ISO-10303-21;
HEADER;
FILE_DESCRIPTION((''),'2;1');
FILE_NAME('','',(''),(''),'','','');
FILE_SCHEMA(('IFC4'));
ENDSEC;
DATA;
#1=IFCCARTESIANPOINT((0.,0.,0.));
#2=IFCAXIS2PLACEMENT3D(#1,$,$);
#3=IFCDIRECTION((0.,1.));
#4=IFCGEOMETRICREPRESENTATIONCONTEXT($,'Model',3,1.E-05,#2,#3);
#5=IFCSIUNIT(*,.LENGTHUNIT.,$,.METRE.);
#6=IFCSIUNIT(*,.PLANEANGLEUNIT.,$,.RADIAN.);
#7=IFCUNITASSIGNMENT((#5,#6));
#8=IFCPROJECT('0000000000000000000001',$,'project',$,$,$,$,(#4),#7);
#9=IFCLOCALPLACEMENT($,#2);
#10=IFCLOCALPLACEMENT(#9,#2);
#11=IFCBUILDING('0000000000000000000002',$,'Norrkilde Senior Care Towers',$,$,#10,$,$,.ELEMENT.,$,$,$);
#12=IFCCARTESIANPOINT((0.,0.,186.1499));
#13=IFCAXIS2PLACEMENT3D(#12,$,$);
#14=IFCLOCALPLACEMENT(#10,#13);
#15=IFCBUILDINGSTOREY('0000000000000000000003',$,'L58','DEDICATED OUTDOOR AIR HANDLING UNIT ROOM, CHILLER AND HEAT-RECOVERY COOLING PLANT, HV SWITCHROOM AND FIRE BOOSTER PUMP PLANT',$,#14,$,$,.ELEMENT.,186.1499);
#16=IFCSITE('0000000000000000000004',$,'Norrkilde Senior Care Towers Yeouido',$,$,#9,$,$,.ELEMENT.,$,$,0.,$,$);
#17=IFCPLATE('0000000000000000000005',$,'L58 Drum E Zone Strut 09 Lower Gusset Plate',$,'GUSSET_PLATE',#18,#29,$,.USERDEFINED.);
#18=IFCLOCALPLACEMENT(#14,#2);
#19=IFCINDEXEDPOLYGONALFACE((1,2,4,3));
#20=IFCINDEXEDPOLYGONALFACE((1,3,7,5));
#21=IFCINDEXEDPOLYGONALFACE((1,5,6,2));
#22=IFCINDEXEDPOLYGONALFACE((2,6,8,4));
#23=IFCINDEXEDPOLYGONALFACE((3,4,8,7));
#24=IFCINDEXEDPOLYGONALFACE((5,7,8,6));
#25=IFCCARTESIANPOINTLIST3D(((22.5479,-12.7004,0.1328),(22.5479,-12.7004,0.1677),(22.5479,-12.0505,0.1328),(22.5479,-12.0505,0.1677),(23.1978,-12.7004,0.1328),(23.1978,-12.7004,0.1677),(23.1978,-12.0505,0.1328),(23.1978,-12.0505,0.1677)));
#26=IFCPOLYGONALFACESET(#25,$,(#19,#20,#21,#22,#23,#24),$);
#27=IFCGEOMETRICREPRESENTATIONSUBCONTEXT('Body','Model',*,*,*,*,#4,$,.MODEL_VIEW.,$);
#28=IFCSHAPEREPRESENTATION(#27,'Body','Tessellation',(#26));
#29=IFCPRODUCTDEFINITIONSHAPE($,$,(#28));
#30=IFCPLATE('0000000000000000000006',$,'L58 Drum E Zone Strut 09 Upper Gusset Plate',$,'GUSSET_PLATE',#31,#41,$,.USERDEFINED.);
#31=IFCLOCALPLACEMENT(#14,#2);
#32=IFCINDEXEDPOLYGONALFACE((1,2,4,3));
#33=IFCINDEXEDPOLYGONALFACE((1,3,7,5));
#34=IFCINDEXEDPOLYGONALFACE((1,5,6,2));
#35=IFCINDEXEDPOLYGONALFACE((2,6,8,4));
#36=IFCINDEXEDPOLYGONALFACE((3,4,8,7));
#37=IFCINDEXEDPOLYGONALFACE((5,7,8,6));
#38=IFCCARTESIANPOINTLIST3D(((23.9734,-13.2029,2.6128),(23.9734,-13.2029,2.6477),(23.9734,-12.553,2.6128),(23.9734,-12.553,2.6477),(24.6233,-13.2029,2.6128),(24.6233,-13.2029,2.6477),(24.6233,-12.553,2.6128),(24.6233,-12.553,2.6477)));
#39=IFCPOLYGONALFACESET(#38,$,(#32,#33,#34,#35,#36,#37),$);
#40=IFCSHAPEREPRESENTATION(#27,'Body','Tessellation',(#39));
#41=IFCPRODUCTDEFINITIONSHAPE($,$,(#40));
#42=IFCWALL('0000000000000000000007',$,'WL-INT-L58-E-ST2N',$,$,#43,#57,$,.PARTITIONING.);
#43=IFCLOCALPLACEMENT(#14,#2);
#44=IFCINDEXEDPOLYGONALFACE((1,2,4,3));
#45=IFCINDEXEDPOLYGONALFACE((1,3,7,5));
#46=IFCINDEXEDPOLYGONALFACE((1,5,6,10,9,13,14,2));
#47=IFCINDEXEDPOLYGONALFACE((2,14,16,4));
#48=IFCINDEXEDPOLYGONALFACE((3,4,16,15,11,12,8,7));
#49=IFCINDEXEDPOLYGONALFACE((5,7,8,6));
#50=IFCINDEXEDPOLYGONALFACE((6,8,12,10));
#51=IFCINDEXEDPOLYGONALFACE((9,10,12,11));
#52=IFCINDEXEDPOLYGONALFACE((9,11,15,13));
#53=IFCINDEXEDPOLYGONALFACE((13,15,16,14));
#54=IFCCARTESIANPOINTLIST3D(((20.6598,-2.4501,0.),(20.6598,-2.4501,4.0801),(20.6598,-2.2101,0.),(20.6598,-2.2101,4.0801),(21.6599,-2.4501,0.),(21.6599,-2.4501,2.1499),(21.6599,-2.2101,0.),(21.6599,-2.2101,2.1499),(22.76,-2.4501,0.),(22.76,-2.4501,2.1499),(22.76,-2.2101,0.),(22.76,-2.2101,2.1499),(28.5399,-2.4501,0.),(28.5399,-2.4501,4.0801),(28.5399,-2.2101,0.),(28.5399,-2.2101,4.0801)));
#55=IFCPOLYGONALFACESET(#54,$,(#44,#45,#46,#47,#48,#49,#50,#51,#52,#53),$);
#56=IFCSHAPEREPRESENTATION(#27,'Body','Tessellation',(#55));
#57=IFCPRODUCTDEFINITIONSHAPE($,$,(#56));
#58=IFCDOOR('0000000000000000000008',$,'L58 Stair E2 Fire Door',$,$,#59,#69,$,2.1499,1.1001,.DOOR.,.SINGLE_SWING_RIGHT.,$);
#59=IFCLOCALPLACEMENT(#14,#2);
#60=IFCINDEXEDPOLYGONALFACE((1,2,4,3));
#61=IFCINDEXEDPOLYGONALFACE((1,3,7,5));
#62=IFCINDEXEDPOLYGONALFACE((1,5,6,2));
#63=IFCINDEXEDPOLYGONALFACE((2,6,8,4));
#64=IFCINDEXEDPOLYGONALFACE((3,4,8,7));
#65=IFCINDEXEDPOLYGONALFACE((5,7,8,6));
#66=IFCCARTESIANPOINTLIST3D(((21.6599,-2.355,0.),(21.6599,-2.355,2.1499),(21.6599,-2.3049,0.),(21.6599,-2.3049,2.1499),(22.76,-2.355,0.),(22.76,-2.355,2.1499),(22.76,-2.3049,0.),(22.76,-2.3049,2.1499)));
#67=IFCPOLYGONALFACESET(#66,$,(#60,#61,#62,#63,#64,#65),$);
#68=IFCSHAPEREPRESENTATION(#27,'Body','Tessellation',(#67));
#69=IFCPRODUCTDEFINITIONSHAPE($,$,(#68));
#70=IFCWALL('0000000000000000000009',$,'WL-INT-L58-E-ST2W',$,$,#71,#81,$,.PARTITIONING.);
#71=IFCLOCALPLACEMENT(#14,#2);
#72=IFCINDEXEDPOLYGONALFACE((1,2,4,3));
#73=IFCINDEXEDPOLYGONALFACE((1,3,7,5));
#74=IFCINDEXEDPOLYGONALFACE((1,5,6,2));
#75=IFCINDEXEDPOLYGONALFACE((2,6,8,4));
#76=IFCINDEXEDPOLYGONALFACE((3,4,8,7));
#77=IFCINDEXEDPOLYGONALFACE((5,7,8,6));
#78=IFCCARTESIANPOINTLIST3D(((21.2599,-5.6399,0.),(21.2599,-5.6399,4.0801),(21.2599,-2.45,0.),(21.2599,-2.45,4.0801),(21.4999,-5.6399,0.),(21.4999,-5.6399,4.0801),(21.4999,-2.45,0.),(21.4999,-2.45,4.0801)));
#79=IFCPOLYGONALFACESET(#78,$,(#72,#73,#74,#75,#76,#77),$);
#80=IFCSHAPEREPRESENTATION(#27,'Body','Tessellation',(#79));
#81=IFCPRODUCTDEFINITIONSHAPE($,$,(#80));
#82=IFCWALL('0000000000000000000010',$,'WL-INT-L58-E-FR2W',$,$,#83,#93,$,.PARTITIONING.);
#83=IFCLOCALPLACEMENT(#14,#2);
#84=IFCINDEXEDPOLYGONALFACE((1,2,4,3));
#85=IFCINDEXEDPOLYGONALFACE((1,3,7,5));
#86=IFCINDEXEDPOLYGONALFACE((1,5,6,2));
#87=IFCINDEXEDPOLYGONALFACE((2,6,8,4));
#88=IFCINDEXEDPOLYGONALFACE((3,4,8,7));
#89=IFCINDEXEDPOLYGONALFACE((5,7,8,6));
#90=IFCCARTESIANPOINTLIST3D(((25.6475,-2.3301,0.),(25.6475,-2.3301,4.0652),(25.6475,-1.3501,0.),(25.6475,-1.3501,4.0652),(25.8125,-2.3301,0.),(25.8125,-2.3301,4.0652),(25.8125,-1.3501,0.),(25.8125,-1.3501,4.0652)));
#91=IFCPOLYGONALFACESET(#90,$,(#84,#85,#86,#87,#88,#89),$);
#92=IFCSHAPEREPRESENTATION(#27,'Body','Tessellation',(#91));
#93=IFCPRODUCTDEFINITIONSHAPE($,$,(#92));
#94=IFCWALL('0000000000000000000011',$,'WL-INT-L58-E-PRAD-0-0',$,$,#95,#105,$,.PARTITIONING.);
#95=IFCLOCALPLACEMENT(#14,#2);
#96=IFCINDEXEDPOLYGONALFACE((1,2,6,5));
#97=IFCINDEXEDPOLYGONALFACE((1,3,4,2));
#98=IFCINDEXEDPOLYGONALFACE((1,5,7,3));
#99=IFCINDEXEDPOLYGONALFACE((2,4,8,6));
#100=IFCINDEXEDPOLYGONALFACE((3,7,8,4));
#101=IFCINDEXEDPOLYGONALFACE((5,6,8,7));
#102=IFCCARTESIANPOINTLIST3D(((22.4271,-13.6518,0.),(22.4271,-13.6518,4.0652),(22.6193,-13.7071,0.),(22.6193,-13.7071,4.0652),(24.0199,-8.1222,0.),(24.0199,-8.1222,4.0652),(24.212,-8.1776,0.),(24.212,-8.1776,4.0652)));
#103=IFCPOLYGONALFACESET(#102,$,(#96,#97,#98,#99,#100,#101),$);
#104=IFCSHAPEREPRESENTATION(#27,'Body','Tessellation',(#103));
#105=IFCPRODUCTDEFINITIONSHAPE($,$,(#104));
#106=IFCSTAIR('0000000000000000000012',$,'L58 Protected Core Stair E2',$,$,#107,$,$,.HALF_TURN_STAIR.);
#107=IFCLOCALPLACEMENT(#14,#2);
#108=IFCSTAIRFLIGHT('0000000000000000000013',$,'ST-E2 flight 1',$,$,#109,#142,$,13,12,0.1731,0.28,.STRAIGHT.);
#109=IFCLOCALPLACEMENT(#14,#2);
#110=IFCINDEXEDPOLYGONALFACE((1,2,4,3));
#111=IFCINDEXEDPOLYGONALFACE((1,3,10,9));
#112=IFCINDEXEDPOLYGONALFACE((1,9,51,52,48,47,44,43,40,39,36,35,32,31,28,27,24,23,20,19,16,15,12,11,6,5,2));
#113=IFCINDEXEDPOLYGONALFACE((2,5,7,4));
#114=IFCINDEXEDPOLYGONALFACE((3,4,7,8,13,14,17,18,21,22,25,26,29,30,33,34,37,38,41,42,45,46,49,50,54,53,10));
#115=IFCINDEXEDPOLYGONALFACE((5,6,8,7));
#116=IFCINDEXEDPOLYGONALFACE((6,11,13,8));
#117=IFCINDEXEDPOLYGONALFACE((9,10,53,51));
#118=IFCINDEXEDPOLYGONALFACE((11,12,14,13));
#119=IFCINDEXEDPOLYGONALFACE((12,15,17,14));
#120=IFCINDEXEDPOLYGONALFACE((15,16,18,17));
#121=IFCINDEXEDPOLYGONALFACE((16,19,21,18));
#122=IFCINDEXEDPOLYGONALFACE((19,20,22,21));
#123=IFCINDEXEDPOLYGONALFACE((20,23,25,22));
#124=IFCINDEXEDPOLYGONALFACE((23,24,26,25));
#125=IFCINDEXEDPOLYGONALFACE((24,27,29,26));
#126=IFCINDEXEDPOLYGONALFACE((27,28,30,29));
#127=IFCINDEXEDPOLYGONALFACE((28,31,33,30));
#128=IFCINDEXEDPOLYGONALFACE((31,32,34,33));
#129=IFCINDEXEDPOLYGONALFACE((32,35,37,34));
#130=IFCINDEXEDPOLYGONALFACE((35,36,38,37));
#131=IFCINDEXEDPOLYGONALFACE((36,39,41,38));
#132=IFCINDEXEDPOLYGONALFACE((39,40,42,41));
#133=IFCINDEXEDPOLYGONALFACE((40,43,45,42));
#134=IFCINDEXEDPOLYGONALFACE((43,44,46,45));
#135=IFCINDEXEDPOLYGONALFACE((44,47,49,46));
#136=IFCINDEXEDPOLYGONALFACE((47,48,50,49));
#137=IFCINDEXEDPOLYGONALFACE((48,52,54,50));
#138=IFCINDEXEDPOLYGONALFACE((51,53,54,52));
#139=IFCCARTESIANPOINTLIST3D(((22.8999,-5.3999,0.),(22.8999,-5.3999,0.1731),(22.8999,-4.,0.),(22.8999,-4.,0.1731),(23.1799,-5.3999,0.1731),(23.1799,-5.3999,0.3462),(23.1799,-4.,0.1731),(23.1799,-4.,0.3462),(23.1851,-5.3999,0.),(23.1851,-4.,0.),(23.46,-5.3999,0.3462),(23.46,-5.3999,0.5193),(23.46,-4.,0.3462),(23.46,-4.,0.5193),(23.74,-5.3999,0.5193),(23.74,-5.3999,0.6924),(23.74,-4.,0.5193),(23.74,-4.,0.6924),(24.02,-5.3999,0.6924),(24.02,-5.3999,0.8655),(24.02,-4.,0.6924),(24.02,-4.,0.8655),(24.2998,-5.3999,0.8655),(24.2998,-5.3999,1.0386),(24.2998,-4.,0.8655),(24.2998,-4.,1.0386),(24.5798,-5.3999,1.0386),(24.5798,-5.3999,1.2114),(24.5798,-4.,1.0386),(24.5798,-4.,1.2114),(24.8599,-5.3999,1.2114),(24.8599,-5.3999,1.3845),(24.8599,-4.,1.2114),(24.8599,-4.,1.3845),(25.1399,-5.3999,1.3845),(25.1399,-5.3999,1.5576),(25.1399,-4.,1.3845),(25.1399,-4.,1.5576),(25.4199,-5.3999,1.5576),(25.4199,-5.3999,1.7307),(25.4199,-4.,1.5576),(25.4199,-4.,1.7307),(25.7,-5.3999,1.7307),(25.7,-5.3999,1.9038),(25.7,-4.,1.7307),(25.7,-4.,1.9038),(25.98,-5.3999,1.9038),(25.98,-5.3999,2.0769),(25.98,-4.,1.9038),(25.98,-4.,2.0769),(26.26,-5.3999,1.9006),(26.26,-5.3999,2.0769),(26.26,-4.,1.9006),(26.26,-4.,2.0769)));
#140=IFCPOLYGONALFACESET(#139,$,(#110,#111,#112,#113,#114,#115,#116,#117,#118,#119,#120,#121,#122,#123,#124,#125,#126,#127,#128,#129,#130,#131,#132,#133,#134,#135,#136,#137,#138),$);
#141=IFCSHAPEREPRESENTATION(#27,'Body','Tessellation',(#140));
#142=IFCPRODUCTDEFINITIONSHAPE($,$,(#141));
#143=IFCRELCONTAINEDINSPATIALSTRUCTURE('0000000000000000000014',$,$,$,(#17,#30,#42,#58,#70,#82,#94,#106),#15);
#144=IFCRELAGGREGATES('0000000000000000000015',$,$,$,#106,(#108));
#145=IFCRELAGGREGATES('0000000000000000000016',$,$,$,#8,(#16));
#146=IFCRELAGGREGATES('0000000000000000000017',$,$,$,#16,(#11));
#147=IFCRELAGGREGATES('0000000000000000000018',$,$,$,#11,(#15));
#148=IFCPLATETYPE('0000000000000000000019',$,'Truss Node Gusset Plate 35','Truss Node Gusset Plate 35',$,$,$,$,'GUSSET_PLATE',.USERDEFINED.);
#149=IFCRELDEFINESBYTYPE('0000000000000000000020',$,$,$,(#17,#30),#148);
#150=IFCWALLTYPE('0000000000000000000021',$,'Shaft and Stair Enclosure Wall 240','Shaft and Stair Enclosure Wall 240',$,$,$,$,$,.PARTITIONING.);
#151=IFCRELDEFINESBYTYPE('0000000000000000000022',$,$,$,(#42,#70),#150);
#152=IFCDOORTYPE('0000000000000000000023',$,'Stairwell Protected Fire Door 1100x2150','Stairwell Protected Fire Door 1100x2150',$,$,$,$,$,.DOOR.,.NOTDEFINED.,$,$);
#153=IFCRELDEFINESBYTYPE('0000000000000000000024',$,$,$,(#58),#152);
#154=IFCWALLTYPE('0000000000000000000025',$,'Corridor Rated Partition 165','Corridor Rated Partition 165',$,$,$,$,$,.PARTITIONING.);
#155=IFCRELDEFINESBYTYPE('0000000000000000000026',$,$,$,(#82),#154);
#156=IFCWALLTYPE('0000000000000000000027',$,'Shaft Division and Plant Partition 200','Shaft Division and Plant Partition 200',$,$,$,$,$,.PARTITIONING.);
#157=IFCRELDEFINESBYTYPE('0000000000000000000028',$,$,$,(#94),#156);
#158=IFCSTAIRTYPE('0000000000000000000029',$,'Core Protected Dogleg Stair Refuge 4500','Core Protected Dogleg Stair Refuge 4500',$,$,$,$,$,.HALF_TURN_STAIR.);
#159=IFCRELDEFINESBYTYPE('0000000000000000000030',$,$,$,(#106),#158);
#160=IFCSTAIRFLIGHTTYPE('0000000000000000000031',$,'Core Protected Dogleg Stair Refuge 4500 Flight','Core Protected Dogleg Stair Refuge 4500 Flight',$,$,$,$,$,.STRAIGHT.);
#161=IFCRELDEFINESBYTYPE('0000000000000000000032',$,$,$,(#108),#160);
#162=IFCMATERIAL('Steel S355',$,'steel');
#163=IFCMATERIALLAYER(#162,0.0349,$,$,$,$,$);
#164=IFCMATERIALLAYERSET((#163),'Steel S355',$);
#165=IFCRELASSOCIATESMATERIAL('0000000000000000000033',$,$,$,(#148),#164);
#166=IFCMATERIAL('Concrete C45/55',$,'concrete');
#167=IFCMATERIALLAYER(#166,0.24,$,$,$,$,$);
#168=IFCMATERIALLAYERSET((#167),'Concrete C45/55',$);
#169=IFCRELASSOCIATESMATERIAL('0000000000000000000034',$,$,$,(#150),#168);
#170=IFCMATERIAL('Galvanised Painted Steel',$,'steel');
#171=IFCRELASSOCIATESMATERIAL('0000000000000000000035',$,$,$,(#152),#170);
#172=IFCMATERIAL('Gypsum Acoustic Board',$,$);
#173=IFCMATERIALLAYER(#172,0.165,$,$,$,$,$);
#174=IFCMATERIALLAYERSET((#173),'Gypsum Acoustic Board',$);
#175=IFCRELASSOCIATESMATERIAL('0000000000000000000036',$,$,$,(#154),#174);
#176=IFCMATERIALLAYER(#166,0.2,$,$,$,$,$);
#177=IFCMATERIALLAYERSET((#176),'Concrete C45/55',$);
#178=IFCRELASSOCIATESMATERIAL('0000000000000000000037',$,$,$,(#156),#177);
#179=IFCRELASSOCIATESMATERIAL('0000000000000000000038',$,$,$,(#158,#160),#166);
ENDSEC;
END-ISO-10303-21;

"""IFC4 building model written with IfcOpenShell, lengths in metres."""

from ifc_helpers import new_model, si_unit, direction, frame, frame_2d, origin, origin_2d, place, context, subcontext, project, spatial, polyline, rectangle, outline, extrude, source, transform, mapped, material, layer, layer_set, type_object, type_shapes, element, fill, aggregate, save


model = new_model("IFC4")

# Units and contexts
model_context = context("Model", 3, precision=1e-05, world=origin(), true_north=direction((0.0, 1.0)))
body_context = subcontext(model_context, "Body", "Model", "MODEL_VIEW")
ifc_project = project(units=[si_unit("LENGTHUNIT", "METRE"), si_unit("PLANEANGLEUNIT", "RADIAN")], contexts=[model_context])

# Site, building, storey
site_placement = place(None, origin())
site = spatial("IfcSite", under=ifc_project, at=site_placement, Name="Norrkilde Senior Care Towers Yeouido", CompositionType="ELEMENT", RefElevation=0.0)
building_placement = place(site_placement, origin())
building = spatial("IfcBuilding", under=site, at=building_placement, Name="Norrkilde Senior Care Towers", CompositionType="ELEMENT")
storey_placement = place(building_placement, frame((0.0, 0.0, 186.1499)))
storey = spatial("IfcBuildingStorey", under=building, at=storey_placement, Name="L58", Description="DEDICATED OUTDOOR AIR HANDLING UNIT ROOM, CHILLER AND HEAT-RECOVERY COOLING PLANT, HV SWITCHROOM AND FIRE BOOSTER PUMP PLANT", CompositionType="ELEMENT", Elevation=186.1499)

# Shared definitions
ifc_material_1 = material(Name="Steel S355", Category="steel")

# Plates
ifc_layer_1 = layer(ifc_material_1, 0.0349)
ifc_layer_set_1 = layer_set([ifc_layer_1], Name="Steel S355")
plate_type = type_object("IfcPlateType", Name="Truss Node Gusset Plate 35", Description="Truss Node Gusset Plate 35", ElementType="GUSSET_PLATE", PredefinedType="USERDEFINED", material=ifc_layer_set_1)
shared_shape_1 = source(origin(), body_context, "Body", "SweptSolid", [
    extrude(rectangle(XDim=0.6499, YDim=0.6499, at=origin_2d()), origin(), (0.0, 0.0, 1.0), 0.0349),
])
type_shapes(plate_type, [shared_shape_1])
for number, where, z_axis, x_axis, name in (
    (1, (22.8728, -12.3755, 0.1328), (0.0, 0.0, 1.0), (1.0, 0.0, 0.0), "L58 Drum E Zone Strut 09 Lower Gusset Plate"),
    (2, (24.2983, -12.8779, 2.6128), (0.0, 0.0, 1.0), (1.0, 0.0, 0.0), "L58 Drum E Zone Strut 09 Upper Gusset Plate"),
):
    element("IfcPlate", number, at=place(storey_placement, frame(where, z_axis=z_axis, x_axis=x_axis)), inside=storey, type_object=plate_type, Name=name, ObjectType="GUSSET_PLATE", PredefinedType="USERDEFINED", context=body_context, shape_type="MappedRepresentation", body=[
        mapped(shared_shape_1, transform((0.0, 0.0, 0.0), x_axis=(1.0, 0.0, 0.0), y_axis=(0.0, 1.0, 0.0), z_axis=(0.0, 0.0, 1.0), scale=1.0)),
    ])

# Wall, opening, door
ifc_material_2 = material(Name="Galvanised Painted Steel", Category="steel")
ifc_material_3 = material(Name="Concrete C45/55", Category="concrete")
ifc_layer_2 = layer(ifc_material_3, 0.24)
ifc_layer_set_2 = layer_set([ifc_layer_2], Name="Concrete C45/55")
wall_type_1 = type_object("IfcWallType", Name="Shaft and Stair Enclosure Wall 240", Description="Shaft and Stair Enclosure Wall 240", PredefinedType="PARTITIONING", material=ifc_layer_set_2)
shared_shape_2 = source(origin(), body_context, "Body", "SweptSolid", [
    extrude(rectangle(XDim=7.8801, YDim=0.24, at=frame_2d((3.9399, 0.0))), origin(), (0.0, 0.0, 1.0), 4.0801),
])
wall_1_placement = place(storey_placement, frame((20.6599, -2.3301, 0.0), z_axis=(0.0, 0.0, 1.0), x_axis=(1.0, 0.0, 0.0)))
wall_1 = element("IfcWall", 3, at=wall_1_placement, inside=storey, type_object=wall_type_1, Name="WL-INT-L58-E-ST2N", PredefinedType="PARTITIONING", context=body_context, shape_type="MappedRepresentation", body=[
    mapped(shared_shape_2, transform((0.0, 0.0, 0.0), x_axis=(1.0, 0.0, 0.0), y_axis=(0.0, 1.0, 0.0), z_axis=(0.0, 0.0, 1.0), scale=1.0)),
])
opening_1_placement = place(wall_1_placement, frame((1.0, 0.0, 0.0)))
opening_1 = element("IfcOpeningElement", 4, at=opening_1_placement, cuts=wall_1, PredefinedType="OPENING", context=body_context, shape_type="SweptSolid", body=[
    extrude(rectangle(XDim=1.1001, YDim=2.1499, at=frame_2d((0.55, 1.075))), frame((0.0, 0.1299, 0.0), z_axis=(0.0, -1.0, 0.0), x_axis=(1.0, 0.0, 0.0)), (0.0, 0.0, 1.0), 0.26),
])
door_type_1 = type_object("IfcDoorType", Name="Stairwell Protected Fire Door 1100x2150", Description="Stairwell Protected Fire Door 1100x2150", OperationType="NOTDEFINED", PredefinedType="DOOR", material=ifc_material_2)
shared_shape_3 = source(origin(), body_context, "Body", "SweptSolid", [
    extrude(rectangle(XDim=1.1001, YDim=2.1499, at=frame_2d((0.55, 1.075))), frame((0.0, 0.0249, 0.0), z_axis=(0.0, -1.0, 0.0), x_axis=(1.0, 0.0, 0.0)), (0.0, 0.0, 1.0), 0.05),
])
type_shapes(door_type_1, [shared_shape_3])
door_1_placement = place(opening_1_placement, frame((1.1001, 0.0, 0.0), z_axis=(0.0, 0.0, 1.0), x_axis=(-1.0, 0.0, 0.0)))
door_1 = element("IfcDoor", 5, at=door_1_placement, inside=storey, type_object=door_type_1, Name="L58 Stair E2 Fire Door", OperationType="SINGLE_SWING_RIGHT", OverallHeight=2.1499, OverallWidth=1.1001, PredefinedType="DOOR", context=body_context, shape_type="MappedRepresentation", body=[
    mapped(shared_shape_3, transform((0.0, 0.0, 0.0), x_axis=(1.0, 0.0, 0.0), y_axis=(0.0, 1.0, 0.0), z_axis=(0.0, 0.0, 1.0), scale=1.0)),
])
fill(opening_1, door_1)

# Walls
shared_shape_4 = source(origin(), body_context, "Body", "SweptSolid", [
    extrude(rectangle(XDim=3.1899, YDim=0.24, at=frame_2d((1.595, 0.0))), origin(), (0.0, 0.0, 1.0), 4.0801),
])
type_shapes(wall_type_1, [shared_shape_2, shared_shape_4])
wall_2_placement = place(storey_placement, frame((21.3799, -5.6399, 0.0), z_axis=(0.0, 0.0, 1.0), x_axis=(0.0, 1.0, 0.0)))
element("IfcWall", 6, at=wall_2_placement, inside=storey, type_object=wall_type_1, Name="WL-INT-L58-E-ST2W", PredefinedType="PARTITIONING", context=body_context, shape_type="MappedRepresentation", body=[
    mapped(shared_shape_4, transform((0.0, 0.0, 0.0), x_axis=(1.0, 0.0, 0.0), y_axis=(0.0, 1.0, 0.0), z_axis=(0.0, 0.0, 1.0), scale=1.0)),
])
ifc_material_4 = material(Name="Gypsum Acoustic Board")
ifc_layer_3 = layer(ifc_material_4, 0.165)
ifc_layer_set_3 = layer_set([ifc_layer_3], Name="Gypsum Acoustic Board")
wall_type_2 = type_object("IfcWallType", Name="Corridor Rated Partition 165", Description="Corridor Rated Partition 165", PredefinedType="PARTITIONING", material=ifc_layer_set_3)
shared_shape_5 = source(origin(), body_context, "Body", "SweptSolid", [
    extrude(rectangle(XDim=0.98, YDim=0.165, at=frame_2d((0.49, 0.0))), origin(), (0.0, 0.0, 1.0), 4.0652),
])
type_shapes(wall_type_2, [shared_shape_5])
wall_3_placement = place(storey_placement, frame((25.73, -2.3301, 0.0), z_axis=(0.0, 0.0, 1.0), x_axis=(0.0, 1.0, 0.0)))
element("IfcWall", 7, at=wall_3_placement, inside=storey, type_object=wall_type_2, Name="WL-INT-L58-E-FR2W", PredefinedType="PARTITIONING", context=body_context, shape_type="MappedRepresentation", body=[
    mapped(shared_shape_5, transform((0.0, 0.0, 0.0), x_axis=(1.0, 0.0, 0.0), y_axis=(0.0, 1.0, 0.0), z_axis=(0.0, 0.0, 1.0), scale=1.0)),
])
ifc_layer_4 = layer(ifc_material_3, 0.2)
ifc_layer_set_4 = layer_set([ifc_layer_4], Name="Concrete C45/55")
wall_type_3 = type_object("IfcWallType", Name="Shaft Division and Plant Partition 200", Description="Shaft Division and Plant Partition 200", PredefinedType="PARTITIONING", material=ifc_layer_set_4)
shared_shape_6 = source(origin(), body_context, "Body", "SweptSolid", [
    extrude(rectangle(XDim=5.7544, YDim=0.2, at=frame_2d((2.8772, 0.0))), origin(), (0.0, 0.0, 1.0), 4.0652),
])
type_shapes(wall_type_3, [shared_shape_6])
wall_4_placement = place(storey_placement, frame((24.116, -8.1499, 0.0), z_axis=(0.0, 0.0, 1.0), x_axis=(-0.276794, -0.960929, 0.0)))
element("IfcWall", 8, at=wall_4_placement, inside=storey, type_object=wall_type_3, Name="WL-INT-L58-E-PRAD-0-0", PredefinedType="PARTITIONING", context=body_context, shape_type="MappedRepresentation", body=[
    mapped(shared_shape_6, transform((0.0, 0.0, 0.0), x_axis=(1.0, 0.0, 0.0), y_axis=(0.0, 1.0, 0.0), z_axis=(0.0, 0.0, 1.0), scale=1.0)),
])

# Stair, stair flight
stair_type = type_object("IfcStairType", Name="Core Protected Dogleg Stair Refuge 4500", Description="Core Protected Dogleg Stair Refuge 4500", PredefinedType="HALF_TURN_STAIR", material=ifc_material_3)
stair_placement = place(storey_placement, origin())
stair = element("IfcStair", 9, at=stair_placement, inside=storey, type_object=stair_type, Name="L58 Protected Core Stair E2", PredefinedType="HALF_TURN_STAIR")
stair_flight_type = type_object("IfcStairFlightType", Name="Core Protected Dogleg Stair Refuge 4500 Flight", Description="Core Protected Dogleg Stair Refuge 4500 Flight", PredefinedType="STRAIGHT", material=ifc_material_3)
stair_flight_1_placement = place(storey_placement, frame((22.8999, -4.7, 0.0), z_axis=(0.0, 0.0, 1.0), x_axis=(1.0, 0.0, 0.0)))
stair_flight_1 = element("IfcStairFlight", 10, at=stair_flight_1_placement, type_object=stair_flight_type, Name="ST-E2 flight 1", NumberOfRisers=13, NumberOfTreads=12, PredefinedType="STRAIGHT", RiserHeight=0.1731, TreadLength=0.28, context=body_context, shape_type="SweptSolid", body=[
    extrude(outline(polyline([(0.0, 0.0), (0.0, 0.1731), (0.28, 0.1731), (0.28, 0.3462), (0.5601, 0.3462), (0.5601, 0.5193), (0.8401, 0.5193), (0.8401, 0.6924), (1.1201, 0.6924), (1.1201, 0.8655), (1.3999, 0.8655), (1.3999, 1.0386), (1.6799, 1.0386), (1.6799, 1.2114), (1.96, 1.2114), (1.96, 1.3845), (2.24, 1.3845), (2.24, 1.5576), (2.52, 1.5576), (2.52, 1.7307), (2.8, 1.7307), (2.8, 1.9038), (3.0801, 1.9038), (3.0801, 2.0769), (3.3601, 2.0769), (3.3601, 2.25), (3.3601, 1.9006), (0.2852, 0.0), (0.0, 0.0)])), frame((0.0, 0.7, 0.0), z_axis=(0.0, -1.0, 0.0), x_axis=(1.0, 0.0, 0.0)), (0.0, 0.0, 1.0), 1.3999),
])
aggregate(stair, [stair_flight_1])

save(model, "model.ifc")
